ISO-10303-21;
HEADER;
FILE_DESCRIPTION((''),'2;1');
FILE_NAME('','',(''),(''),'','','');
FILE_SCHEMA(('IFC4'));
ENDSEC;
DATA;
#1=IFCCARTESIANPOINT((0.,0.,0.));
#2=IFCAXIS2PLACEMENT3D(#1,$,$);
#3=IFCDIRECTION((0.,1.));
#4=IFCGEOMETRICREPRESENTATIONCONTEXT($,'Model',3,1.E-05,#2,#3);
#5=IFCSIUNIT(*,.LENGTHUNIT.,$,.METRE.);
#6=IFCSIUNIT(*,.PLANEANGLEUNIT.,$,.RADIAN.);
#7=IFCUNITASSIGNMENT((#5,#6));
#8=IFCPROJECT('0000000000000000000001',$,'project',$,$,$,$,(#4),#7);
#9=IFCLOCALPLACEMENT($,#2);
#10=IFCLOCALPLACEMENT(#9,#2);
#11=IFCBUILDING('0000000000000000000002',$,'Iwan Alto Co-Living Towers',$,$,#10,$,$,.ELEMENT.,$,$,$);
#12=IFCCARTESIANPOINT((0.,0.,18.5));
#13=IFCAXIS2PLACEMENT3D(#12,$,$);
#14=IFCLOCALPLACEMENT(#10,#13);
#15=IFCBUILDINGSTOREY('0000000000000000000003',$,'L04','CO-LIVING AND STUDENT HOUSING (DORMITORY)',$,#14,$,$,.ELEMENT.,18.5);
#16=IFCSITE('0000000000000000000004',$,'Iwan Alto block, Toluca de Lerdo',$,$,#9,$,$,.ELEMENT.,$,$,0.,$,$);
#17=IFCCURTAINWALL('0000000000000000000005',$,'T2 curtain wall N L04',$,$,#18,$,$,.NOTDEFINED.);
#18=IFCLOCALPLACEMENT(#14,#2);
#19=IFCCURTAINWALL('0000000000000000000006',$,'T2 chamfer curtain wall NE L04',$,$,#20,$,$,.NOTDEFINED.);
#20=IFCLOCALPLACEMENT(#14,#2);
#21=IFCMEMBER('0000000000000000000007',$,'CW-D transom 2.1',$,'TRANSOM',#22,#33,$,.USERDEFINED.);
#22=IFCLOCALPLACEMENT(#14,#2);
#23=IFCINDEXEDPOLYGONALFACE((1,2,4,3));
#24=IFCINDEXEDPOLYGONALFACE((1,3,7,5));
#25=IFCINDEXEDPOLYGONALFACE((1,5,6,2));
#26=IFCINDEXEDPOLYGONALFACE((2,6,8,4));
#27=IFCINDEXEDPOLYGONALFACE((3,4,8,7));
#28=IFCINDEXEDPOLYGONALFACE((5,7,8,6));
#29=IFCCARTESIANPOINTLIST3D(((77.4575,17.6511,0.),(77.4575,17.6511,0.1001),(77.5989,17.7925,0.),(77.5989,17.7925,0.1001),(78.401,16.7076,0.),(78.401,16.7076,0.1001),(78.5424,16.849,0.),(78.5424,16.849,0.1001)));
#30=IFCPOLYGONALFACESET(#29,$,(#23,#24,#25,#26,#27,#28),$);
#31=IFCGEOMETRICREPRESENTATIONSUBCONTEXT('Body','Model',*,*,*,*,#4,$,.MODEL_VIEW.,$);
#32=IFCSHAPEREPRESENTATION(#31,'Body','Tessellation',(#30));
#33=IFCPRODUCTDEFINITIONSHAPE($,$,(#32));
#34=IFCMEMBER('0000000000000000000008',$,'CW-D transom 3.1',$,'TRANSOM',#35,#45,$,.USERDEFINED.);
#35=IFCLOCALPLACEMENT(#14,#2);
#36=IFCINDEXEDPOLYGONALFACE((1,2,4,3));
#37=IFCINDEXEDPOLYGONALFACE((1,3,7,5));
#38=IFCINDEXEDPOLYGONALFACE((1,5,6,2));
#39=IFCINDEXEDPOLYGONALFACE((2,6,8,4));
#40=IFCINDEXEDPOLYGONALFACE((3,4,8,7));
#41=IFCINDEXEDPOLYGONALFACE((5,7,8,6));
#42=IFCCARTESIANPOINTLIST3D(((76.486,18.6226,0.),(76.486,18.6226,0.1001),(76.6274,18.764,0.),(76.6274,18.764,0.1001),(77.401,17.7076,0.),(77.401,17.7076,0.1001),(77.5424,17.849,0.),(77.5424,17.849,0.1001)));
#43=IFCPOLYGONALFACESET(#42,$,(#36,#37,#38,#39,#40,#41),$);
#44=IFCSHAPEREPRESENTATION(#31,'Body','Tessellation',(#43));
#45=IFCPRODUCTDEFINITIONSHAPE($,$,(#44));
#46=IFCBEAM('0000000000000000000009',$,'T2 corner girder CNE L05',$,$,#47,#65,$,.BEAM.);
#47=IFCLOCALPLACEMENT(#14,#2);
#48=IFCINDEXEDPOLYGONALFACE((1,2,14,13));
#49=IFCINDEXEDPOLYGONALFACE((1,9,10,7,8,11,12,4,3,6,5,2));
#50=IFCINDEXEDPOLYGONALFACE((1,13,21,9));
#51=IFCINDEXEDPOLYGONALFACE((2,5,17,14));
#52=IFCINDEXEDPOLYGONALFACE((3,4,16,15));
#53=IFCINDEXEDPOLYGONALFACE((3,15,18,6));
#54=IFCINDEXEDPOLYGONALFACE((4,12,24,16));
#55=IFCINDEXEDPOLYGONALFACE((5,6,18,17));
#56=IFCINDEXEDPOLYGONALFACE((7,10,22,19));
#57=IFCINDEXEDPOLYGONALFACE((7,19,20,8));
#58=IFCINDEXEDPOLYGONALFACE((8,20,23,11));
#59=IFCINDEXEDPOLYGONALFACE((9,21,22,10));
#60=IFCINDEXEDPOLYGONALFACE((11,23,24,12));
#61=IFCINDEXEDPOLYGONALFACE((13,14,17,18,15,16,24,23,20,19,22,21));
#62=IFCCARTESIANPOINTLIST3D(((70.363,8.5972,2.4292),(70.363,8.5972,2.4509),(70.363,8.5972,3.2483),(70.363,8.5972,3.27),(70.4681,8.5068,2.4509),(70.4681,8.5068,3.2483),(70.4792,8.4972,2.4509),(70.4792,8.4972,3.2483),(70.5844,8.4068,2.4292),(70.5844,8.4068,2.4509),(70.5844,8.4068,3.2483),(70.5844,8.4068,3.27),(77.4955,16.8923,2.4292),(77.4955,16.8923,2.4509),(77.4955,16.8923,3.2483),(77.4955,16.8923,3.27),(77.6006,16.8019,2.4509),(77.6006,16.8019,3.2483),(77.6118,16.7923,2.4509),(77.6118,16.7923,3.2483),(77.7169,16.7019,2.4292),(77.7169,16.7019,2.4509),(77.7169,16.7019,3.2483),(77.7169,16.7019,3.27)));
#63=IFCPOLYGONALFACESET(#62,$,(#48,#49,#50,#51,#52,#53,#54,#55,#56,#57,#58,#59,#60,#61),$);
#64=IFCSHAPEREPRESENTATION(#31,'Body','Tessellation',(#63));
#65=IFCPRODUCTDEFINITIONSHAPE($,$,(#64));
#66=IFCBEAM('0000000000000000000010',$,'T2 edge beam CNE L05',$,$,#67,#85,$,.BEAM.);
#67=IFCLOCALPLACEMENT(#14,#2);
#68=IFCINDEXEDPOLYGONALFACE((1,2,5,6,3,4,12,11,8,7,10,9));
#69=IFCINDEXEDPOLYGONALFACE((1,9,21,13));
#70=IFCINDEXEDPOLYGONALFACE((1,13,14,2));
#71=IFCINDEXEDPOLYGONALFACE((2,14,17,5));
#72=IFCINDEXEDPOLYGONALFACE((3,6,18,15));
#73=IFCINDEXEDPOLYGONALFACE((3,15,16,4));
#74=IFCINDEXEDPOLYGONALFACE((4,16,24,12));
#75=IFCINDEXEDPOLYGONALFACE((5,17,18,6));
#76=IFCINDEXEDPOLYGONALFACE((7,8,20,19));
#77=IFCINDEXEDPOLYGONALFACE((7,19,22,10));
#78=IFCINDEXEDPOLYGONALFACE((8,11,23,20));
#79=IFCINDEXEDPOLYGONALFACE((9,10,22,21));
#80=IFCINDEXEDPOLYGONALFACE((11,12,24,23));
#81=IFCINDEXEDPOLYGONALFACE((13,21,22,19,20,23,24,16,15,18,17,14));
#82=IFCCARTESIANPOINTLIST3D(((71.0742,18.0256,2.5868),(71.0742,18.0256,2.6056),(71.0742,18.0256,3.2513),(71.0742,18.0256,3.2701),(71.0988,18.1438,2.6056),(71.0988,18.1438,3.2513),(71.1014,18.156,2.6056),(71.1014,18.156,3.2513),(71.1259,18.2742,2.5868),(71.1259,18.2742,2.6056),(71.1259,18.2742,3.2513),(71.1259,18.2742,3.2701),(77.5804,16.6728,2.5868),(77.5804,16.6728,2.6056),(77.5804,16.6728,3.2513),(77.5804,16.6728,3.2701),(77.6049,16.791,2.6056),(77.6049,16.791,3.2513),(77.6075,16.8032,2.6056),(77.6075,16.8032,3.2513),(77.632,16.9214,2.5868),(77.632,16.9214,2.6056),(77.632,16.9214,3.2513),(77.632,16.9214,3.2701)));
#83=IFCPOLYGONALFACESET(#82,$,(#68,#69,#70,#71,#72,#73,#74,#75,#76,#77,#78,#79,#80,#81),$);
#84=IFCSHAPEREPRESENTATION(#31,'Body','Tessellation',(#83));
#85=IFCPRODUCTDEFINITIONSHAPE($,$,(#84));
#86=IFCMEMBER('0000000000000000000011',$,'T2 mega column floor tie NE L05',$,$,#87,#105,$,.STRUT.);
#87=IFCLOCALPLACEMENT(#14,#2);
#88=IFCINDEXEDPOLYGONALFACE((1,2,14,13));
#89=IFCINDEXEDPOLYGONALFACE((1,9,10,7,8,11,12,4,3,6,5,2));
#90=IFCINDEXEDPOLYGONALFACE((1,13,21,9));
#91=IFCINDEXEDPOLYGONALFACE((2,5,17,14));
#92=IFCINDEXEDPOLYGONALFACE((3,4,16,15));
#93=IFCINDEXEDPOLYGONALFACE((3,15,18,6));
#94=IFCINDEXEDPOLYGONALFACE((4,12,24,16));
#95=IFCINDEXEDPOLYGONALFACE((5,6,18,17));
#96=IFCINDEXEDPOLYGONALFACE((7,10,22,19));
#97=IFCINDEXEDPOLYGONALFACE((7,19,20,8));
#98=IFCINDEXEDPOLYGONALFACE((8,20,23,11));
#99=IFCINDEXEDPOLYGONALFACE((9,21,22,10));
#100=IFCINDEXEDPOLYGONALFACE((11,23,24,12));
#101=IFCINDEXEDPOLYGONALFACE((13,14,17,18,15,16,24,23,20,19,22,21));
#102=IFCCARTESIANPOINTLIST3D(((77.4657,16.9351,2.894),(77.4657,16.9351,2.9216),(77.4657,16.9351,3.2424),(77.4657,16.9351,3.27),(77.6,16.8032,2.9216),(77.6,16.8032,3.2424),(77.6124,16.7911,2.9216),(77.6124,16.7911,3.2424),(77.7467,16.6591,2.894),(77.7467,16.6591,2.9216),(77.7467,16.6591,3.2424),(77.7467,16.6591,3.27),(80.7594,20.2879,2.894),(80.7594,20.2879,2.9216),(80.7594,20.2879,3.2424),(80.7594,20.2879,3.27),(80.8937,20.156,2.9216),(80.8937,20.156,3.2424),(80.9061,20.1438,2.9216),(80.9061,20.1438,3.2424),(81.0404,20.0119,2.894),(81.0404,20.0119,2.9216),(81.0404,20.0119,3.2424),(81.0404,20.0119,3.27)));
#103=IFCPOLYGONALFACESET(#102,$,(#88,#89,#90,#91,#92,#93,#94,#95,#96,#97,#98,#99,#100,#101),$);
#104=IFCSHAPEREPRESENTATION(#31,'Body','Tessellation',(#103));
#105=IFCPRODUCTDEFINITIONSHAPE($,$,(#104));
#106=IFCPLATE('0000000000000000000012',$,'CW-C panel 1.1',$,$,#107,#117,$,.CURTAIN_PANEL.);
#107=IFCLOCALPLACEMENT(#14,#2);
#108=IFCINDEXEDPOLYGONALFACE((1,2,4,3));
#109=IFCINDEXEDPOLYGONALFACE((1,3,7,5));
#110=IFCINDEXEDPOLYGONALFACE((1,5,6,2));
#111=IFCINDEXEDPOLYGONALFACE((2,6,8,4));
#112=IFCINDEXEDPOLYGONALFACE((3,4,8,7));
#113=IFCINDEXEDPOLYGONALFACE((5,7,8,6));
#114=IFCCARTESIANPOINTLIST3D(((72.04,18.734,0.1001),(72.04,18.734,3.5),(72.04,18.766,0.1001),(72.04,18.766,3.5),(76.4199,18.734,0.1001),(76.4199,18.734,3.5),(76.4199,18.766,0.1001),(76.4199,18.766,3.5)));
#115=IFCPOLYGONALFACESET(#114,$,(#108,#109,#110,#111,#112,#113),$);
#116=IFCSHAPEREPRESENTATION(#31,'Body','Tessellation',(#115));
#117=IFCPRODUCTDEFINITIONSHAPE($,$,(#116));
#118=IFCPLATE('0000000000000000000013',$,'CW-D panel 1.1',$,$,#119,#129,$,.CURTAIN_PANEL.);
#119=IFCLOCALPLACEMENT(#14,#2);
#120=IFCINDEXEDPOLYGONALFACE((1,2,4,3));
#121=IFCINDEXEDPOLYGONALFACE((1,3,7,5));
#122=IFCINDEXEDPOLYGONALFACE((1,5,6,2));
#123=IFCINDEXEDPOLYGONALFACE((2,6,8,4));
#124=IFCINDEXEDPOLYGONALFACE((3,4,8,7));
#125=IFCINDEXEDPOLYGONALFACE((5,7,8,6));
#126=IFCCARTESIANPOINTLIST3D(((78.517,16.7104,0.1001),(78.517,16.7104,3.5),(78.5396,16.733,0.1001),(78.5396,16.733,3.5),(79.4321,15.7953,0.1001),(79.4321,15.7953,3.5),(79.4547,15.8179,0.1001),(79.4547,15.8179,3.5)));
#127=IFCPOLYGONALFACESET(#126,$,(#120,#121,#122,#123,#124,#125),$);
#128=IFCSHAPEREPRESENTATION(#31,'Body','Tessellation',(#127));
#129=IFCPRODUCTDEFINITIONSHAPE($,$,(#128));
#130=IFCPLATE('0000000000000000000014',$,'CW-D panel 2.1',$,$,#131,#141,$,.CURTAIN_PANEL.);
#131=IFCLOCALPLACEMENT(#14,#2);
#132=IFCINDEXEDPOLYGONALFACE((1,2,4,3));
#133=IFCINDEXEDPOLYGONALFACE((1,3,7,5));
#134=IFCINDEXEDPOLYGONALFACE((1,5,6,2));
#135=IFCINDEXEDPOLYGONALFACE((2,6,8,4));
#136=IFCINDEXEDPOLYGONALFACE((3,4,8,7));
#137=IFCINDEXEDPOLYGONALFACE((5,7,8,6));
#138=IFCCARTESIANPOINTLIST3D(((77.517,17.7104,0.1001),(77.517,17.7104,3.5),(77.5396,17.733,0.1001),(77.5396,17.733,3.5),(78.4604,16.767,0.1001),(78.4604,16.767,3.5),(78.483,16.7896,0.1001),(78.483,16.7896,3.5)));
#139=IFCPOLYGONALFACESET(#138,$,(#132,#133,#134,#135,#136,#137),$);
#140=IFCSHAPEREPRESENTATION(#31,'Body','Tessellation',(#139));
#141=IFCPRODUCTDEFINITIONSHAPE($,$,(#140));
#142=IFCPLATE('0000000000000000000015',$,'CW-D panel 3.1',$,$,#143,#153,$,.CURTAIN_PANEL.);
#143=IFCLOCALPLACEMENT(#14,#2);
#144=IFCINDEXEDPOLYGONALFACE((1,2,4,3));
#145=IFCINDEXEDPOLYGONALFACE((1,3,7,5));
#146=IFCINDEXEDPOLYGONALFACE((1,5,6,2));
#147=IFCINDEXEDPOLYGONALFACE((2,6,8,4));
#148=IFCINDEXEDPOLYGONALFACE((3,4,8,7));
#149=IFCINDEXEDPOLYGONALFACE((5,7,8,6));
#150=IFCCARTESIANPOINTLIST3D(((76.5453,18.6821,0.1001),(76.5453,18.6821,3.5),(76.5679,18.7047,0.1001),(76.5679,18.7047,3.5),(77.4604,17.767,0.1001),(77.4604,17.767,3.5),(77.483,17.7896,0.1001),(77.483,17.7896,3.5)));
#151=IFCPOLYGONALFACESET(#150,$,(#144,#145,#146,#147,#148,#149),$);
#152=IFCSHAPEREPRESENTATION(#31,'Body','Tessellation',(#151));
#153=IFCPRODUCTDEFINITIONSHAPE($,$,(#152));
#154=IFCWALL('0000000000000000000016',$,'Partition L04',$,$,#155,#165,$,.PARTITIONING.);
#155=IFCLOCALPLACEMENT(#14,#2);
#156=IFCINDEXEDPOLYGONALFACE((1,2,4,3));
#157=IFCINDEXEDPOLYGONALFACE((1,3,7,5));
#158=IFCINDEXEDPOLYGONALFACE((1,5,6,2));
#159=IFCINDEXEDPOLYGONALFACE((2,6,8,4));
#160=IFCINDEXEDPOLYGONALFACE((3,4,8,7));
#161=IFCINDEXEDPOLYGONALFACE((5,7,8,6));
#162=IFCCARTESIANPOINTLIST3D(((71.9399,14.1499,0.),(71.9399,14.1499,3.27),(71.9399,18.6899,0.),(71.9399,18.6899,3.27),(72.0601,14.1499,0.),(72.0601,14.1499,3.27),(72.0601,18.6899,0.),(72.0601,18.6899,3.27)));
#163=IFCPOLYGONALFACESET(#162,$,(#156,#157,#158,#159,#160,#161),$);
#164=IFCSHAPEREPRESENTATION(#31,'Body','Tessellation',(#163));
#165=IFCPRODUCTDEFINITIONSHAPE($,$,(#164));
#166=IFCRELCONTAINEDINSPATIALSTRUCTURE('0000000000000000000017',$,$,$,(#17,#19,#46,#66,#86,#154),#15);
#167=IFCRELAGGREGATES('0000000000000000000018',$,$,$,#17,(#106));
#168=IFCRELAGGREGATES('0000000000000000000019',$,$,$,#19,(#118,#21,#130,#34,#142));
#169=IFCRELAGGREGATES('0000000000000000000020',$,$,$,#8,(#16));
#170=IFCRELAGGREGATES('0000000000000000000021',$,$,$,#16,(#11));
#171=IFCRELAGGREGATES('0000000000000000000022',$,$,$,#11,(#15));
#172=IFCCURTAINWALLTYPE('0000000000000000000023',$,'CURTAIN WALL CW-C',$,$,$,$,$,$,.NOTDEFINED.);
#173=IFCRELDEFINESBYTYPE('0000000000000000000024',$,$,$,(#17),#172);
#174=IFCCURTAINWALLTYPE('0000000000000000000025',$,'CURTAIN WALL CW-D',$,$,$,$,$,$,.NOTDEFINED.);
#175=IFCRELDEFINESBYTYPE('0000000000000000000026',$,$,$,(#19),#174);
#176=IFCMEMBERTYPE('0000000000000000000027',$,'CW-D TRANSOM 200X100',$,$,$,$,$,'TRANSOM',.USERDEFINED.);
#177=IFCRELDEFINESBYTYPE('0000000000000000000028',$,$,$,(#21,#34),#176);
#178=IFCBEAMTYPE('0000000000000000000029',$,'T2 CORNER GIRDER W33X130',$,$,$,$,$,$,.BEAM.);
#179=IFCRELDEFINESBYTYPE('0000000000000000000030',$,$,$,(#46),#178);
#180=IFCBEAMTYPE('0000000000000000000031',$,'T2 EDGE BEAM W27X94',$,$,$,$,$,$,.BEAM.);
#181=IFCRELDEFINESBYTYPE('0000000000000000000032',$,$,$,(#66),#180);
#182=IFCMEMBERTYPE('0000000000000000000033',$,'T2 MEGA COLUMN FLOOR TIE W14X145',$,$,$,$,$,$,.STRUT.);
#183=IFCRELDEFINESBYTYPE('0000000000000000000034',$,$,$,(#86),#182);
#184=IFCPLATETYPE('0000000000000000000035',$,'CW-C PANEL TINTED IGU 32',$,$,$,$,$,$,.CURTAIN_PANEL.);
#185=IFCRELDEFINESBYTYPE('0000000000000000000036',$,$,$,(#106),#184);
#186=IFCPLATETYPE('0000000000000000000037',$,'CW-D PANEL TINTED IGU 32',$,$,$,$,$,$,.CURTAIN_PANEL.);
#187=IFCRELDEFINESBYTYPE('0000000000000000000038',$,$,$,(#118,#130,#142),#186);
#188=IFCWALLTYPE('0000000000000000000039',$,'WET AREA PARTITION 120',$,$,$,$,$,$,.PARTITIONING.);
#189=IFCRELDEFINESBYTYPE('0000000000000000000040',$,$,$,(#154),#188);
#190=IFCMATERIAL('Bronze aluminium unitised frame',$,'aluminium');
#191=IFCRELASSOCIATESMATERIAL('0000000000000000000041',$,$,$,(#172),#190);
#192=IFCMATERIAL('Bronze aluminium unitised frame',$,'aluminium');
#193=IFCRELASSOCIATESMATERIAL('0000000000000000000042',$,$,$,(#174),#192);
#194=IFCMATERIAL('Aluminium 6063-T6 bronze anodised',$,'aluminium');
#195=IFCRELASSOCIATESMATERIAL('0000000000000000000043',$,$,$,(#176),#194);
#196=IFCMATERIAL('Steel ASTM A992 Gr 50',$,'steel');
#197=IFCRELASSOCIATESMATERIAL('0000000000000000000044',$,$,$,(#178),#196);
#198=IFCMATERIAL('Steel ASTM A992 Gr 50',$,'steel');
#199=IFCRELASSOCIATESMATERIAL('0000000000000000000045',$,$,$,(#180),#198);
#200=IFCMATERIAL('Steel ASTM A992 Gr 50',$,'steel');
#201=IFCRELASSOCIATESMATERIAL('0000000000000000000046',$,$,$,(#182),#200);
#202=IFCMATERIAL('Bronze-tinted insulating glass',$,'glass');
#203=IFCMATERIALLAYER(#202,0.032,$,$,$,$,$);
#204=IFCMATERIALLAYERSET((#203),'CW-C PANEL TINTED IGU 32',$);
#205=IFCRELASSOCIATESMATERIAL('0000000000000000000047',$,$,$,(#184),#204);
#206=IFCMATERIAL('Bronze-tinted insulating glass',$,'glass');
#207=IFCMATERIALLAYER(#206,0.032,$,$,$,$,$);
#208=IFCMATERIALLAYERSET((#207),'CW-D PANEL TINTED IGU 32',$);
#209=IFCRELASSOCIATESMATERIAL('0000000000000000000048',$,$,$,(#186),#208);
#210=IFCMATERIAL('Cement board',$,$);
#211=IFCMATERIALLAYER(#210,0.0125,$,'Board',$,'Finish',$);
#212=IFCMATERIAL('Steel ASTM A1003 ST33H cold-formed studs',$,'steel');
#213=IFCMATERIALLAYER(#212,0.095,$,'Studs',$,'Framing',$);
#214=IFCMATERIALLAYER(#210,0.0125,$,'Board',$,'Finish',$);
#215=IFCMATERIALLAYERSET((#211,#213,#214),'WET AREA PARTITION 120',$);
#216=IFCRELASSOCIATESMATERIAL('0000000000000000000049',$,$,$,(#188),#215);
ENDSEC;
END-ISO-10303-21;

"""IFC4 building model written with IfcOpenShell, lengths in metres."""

from ifc_helpers import new_model, si_unit, direction, frame, frame_2d, origin, origin_2d, place, context, subcontext, project, spatial, rectangle, i_section, extrude, material, layer, layer_set, material_profile, profile_set, type_object, element, aggregate, save


model = new_model("IFC4")

# Units and contexts
model_context = context("Model", 3, precision=1e-05, world=origin(), true_north=direction((0.0, 1.0)))
body_context = subcontext(model_context, "Body", "Model", "MODEL_VIEW")
ifc_project = project(units=[si_unit("LENGTHUNIT", "METRE"), si_unit("PLANEANGLEUNIT", "RADIAN")], contexts=[model_context])

# Site, building, storey
site_placement = place(None, origin())
site = spatial("IfcSite", under=ifc_project, at=site_placement, Name="Iwan Alto block, Toluca de Lerdo", CompositionType="ELEMENT", RefElevation=0.0)
building_placement = place(site_placement, origin())
building = spatial("IfcBuilding", under=site, at=building_placement, Name="Iwan Alto Co-Living Towers", CompositionType="ELEMENT")
storey_placement = place(building_placement, frame((0.0, 0.0, 18.5)))
storey = spatial("IfcBuildingStorey", under=building, at=storey_placement, Name="L04", Description="CO-LIVING AND STUDENT HOUSING (DORMITORY)", CompositionType="ELEMENT", Elevation=18.5)

# Shared definitions
ifc_material_1 = material(Name="Bronze aluminium unitised frame", Category="aluminium")
curtain_wall_type_1 = type_object("IfcCurtainWallType", Name="CURTAIN WALL CW-C", PredefinedType="NOTDEFINED", material=ifc_material_1)

# Curtain walls, members
curtain_wall_1_placement = place(storey_placement, origin())
curtain_wall_1 = element("IfcCurtainWall", 1, at=curtain_wall_1_placement, inside=storey, type_object=curtain_wall_type_1, Name="T2 curtain wall N L04", PredefinedType="NOTDEFINED")
ifc_material_2 = material(Name="Bronze aluminium unitised frame", Category="aluminium")
curtain_wall_type_2 = type_object("IfcCurtainWallType", Name="CURTAIN WALL CW-D", PredefinedType="NOTDEFINED", material=ifc_material_2)
curtain_wall_2_placement = place(storey_placement, origin())
curtain_wall_2 = element("IfcCurtainWall", 2, at=curtain_wall_2_placement, inside=storey, type_object=curtain_wall_type_2, Name="T2 chamfer curtain wall NE L04", PredefinedType="NOTDEFINED")
ifc_material_3 = material(Name="Aluminium 6063-T6 bronze anodised", Category="aluminium")
ifc_material_profile_1 = material_profile(ifc_material_3, rectangle(XDim=0.2, YDim=0.1001, at=origin_2d()), Name="AL 200X100")
ifc_profile_set_1 = profile_set([ifc_material_profile_1], Name="Aluminium 6063-T6 bronze anodised")
member_type_1 = type_object("IfcMemberType", Name="CW-D TRANSOM 200X100", ElementType="TRANSOM", PredefinedType="USERDEFINED", material=ifc_profile_set_1)
member_1_placement = place(storey_placement, frame((78.4717, 16.7783, 0.05), z_axis=(-0.707107, 0.707107, 0.0), x_axis=(-0.707107, -0.707107, 0.0)))
member_1 = element("IfcMember", 3, at=member_1_placement, type_object=member_type_1, Name="CW-D transom 2.1", ObjectType="TRANSOM", PredefinedType="USERDEFINED", context=body_context, shape_type="SweptSolid", body=[
    extrude(rectangle(XDim=0.2, YDim=0.1001, at=origin_2d()), origin(), (0.0, 0.0, 1.0), 1.3342),
])
member_2_placement = place(storey_placement, frame((77.4717, 17.7783, 0.05), z_axis=(-0.707107, 0.707107, 0.0), x_axis=(-0.707107, -0.707107, 0.0)))
member_2 = element("IfcMember", 4, at=member_2_placement, type_object=member_type_1, Name="CW-D transom 3.1", ObjectType="TRANSOM", PredefinedType="USERDEFINED", context=body_context, shape_type="SweptSolid", body=[
    extrude(rectangle(XDim=0.2, YDim=0.1001, at=origin_2d()), origin(), (0.0, 0.0, 1.0), 1.2939),
])

# Beams
ifc_material_4 = material(Name="Steel ASTM A992 Gr 50", Category="steel")
ifc_material_profile_2 = material_profile(ifc_material_4, i_section(OverallWidth=0.292, OverallDepth=0.8408, WebThickness=0.0146, FlangeThickness=0.0217, at=origin_2d()), Name="W33X130")
ifc_profile_set_2 = profile_set([ifc_material_profile_2], Name="Steel ASTM A992 Gr 50")
beam_type_1 = type_object("IfcBeamType", Name="T2 CORNER GIRDER W33X130", PredefinedType="BEAM", material=ifc_profile_set_2)
beam_1_placement = place(storey_placement, frame((77.6062, 16.7971, 2.8496), z_axis=(-0.651972, -0.758243, 0.0), x_axis=(0.758243, -0.651972, 0.0)))
element("IfcBeam", 5, at=beam_1_placement, inside=storey, type_object=beam_type_1, Name="T2 corner girder CNE L05", PredefinedType="BEAM", context=body_context, shape_type="SweptSolid", body=[
    extrude(i_section(OverallWidth=0.292, OverallDepth=0.8408, WebThickness=0.0146, FlangeThickness=0.0217, at=origin_2d()), origin(), (0.0, 0.0, 1.0), 10.9399),
])
ifc_material_5 = material(Name="Steel ASTM A992 Gr 50", Category="steel")
ifc_material_profile_3 = material_profile(ifc_material_5, i_section(OverallWidth=0.2539, OverallDepth=0.6833, WebThickness=0.0125, FlangeThickness=0.0188, at=origin_2d()), Name="W27X94")
ifc_profile_set_3 = profile_set([ifc_material_profile_3], Name="Steel ASTM A992 Gr 50")
beam_type_2 = type_object("IfcBeamType", Name="T2 EDGE BEAM W27X94", PredefinedType="BEAM", material=ifc_profile_set_3)
beam_2_placement = place(storey_placement, frame((77.6062, 16.7971, 2.9285), z_axis=(-0.97906, 0.203571, 0.0), x_axis=(-0.203571, -0.97906, 0.0)))
element("IfcBeam", 6, at=beam_2_placement, inside=storey, type_object=beam_type_2, Name="T2 edge beam CNE L05", PredefinedType="BEAM", context=body_context, shape_type="SweptSolid", body=[
    extrude(i_section(OverallWidth=0.2539, OverallDepth=0.6833, WebThickness=0.0125, FlangeThickness=0.0188, at=origin_2d()), origin(), (0.0, 0.0, 1.0), 6.6453),
])

# Member
ifc_material_6 = material(Name="Steel ASTM A992 Gr 50", Category="steel")
ifc_material_profile_4 = material_profile(ifc_material_6, i_section(OverallWidth=0.3938, OverallDepth=0.376, WebThickness=0.0173, FlangeThickness=0.0276, at=origin_2d()), Name="W14X145")
ifc_profile_set_4 = profile_set([ifc_material_profile_4], Name="Steel ASTM A992 Gr 50")
member_type_2 = type_object("IfcMemberType", Name="T2 MEGA COLUMN FLOOR TIE W14X145", PredefinedType="STRUT", material=ifc_profile_set_4)
member_3_placement = place(storey_placement, frame((80.8999, 20.1499, 3.082), z_axis=(-0.700793, -0.713364, 0.0), x_axis=(0.713364, -0.700793, 0.0)))
element("IfcMember", 7, at=member_3_placement, inside=storey, type_object=member_type_2, Name="T2 mega column floor tie NE L05", PredefinedType="STRUT", context=body_context, shape_type="SweptSolid", body=[
    extrude(i_section(OverallWidth=0.3938, OverallDepth=0.376, WebThickness=0.0173, FlangeThickness=0.0276, at=origin_2d()), origin(), (0.0, 0.0, 1.0), 4.7),
])

# Plates
ifc_material_7 = material(Name="Bronze-tinted insulating glass", Category="glass")
ifc_layer_1 = layer(ifc_material_7, 0.032)
ifc_layer_set_1 = layer_set([ifc_layer_1], Name="CW-C PANEL TINTED IGU 32")
plate_type_1 = type_object("IfcPlateType", Name="CW-C PANEL TINTED IGU 32", PredefinedType="CURTAIN_PANEL", material=ifc_layer_set_1)
plate_1_placement = place(storey_placement, frame((74.23, 18.75, 0.1001), z_axis=(0.0, 0.0, 1.0), x_axis=(-1.0, 0.0, 0.0)))
plate_1 = element("IfcPlate", 8, at=plate_1_placement, type_object=plate_type_1, Name="CW-C panel 1.1", PredefinedType="CURTAIN_PANEL", context=body_context, shape_type="SweptSolid", body=[
    extrude(rectangle(XDim=4.3799, YDim=0.032, at=origin_2d()), origin(), (0.0, 0.0, 1.0), 3.3999),
])
aggregate(curtain_wall_1, [plate_1])
ifc_material_8 = material(Name="Bronze-tinted insulating glass", Category="glass")
ifc_layer_2 = layer(ifc_material_8, 0.032)
ifc_layer_set_2 = layer_set([ifc_layer_2], Name="CW-D PANEL TINTED IGU 32")
plate_type_2 = type_object("IfcPlateType", Name="CW-D PANEL TINTED IGU 32", PredefinedType="CURTAIN_PANEL", material=ifc_layer_set_2)
plate_2_placement = place(storey_placement, frame((78.9858, 16.2642, 0.1001), z_axis=(0.0, 0.0, 1.0), x_axis=(-0.707107, 0.707107, 0.0)))
plate_2 = element("IfcPlate", 9, at=plate_2_placement, type_object=plate_type_2, Name="CW-D panel 1.1", PredefinedType="CURTAIN_PANEL", context=body_context, shape_type="SweptSolid", body=[
    extrude(rectangle(XDim=1.2942, YDim=0.032, at=origin_2d()), origin(), (0.0, 0.0, 1.0), 3.3999),
])
plate_3_placement = place(storey_placement, frame((78.0, 17.25, 0.1001), z_axis=(0.0, 0.0, 1.0), x_axis=(-0.707107, 0.707107, 0.0)))
plate_3 = element("IfcPlate", 10, at=plate_3_placement, type_object=plate_type_2, Name="CW-D panel 2.1", PredefinedType="CURTAIN_PANEL", context=body_context, shape_type="SweptSolid", body=[
    extrude(rectangle(XDim=1.3342, YDim=0.032, at=origin_2d()), origin(), (0.0, 0.0, 1.0), 3.3999),
])
plate_4_placement = place(storey_placement, frame((77.0142, 18.2358, 0.1001), z_axis=(0.0, 0.0, 1.0), x_axis=(-0.707107, 0.707107, 0.0)))
plate_4 = element("IfcPlate", 11, at=plate_4_placement, type_object=plate_type_2, Name="CW-D panel 3.1", PredefinedType="CURTAIN_PANEL", context=body_context, shape_type="SweptSolid", body=[
    extrude(rectangle(XDim=1.2942, YDim=0.032, at=origin_2d()), origin(), (0.0, 0.0, 1.0), 3.3999),
])
aggregate(curtain_wall_2, [plate_2, member_1, plate_3, member_2, plate_4])

# Wall
ifc_material_9 = material(Name="Cement board")
ifc_layer_3 = layer(ifc_material_9, 0.0125, Name="Board", Category="Finish")
ifc_material_10 = material(Name="Steel ASTM A1003 ST33H cold-formed studs", Category="steel")
ifc_layer_4 = layer(ifc_material_10, 0.095, Name="Studs", Category="Framing")
ifc_layer_5 = layer(ifc_material_9, 0.0125, Name="Board", Category="Finish")
ifc_layer_set_3 = layer_set([ifc_layer_3, ifc_layer_4, ifc_layer_5], Name="WET AREA PARTITION 120")
wall_type = type_object("IfcWallType", Name="WET AREA PARTITION 120", PredefinedType="PARTITIONING", material=ifc_layer_set_3)
wall_placement = place(storey_placement, frame((72.0, 14.1499, 0.0), z_axis=(0.0, 0.0, 1.0), x_axis=(0.0, 1.0, 0.0)))
element("IfcWall", 12, at=wall_placement, inside=storey, type_object=wall_type, Name="Partition L04", PredefinedType="PARTITIONING", context=body_context, shape_type="SweptSolid", body=[
    extrude(rectangle(XDim=4.54, YDim=0.1201, at=frame_2d((2.27, 0.0))), origin(), (0.0, 0.0, 1.0), 3.27),
])

save(model, "model.ifc")
